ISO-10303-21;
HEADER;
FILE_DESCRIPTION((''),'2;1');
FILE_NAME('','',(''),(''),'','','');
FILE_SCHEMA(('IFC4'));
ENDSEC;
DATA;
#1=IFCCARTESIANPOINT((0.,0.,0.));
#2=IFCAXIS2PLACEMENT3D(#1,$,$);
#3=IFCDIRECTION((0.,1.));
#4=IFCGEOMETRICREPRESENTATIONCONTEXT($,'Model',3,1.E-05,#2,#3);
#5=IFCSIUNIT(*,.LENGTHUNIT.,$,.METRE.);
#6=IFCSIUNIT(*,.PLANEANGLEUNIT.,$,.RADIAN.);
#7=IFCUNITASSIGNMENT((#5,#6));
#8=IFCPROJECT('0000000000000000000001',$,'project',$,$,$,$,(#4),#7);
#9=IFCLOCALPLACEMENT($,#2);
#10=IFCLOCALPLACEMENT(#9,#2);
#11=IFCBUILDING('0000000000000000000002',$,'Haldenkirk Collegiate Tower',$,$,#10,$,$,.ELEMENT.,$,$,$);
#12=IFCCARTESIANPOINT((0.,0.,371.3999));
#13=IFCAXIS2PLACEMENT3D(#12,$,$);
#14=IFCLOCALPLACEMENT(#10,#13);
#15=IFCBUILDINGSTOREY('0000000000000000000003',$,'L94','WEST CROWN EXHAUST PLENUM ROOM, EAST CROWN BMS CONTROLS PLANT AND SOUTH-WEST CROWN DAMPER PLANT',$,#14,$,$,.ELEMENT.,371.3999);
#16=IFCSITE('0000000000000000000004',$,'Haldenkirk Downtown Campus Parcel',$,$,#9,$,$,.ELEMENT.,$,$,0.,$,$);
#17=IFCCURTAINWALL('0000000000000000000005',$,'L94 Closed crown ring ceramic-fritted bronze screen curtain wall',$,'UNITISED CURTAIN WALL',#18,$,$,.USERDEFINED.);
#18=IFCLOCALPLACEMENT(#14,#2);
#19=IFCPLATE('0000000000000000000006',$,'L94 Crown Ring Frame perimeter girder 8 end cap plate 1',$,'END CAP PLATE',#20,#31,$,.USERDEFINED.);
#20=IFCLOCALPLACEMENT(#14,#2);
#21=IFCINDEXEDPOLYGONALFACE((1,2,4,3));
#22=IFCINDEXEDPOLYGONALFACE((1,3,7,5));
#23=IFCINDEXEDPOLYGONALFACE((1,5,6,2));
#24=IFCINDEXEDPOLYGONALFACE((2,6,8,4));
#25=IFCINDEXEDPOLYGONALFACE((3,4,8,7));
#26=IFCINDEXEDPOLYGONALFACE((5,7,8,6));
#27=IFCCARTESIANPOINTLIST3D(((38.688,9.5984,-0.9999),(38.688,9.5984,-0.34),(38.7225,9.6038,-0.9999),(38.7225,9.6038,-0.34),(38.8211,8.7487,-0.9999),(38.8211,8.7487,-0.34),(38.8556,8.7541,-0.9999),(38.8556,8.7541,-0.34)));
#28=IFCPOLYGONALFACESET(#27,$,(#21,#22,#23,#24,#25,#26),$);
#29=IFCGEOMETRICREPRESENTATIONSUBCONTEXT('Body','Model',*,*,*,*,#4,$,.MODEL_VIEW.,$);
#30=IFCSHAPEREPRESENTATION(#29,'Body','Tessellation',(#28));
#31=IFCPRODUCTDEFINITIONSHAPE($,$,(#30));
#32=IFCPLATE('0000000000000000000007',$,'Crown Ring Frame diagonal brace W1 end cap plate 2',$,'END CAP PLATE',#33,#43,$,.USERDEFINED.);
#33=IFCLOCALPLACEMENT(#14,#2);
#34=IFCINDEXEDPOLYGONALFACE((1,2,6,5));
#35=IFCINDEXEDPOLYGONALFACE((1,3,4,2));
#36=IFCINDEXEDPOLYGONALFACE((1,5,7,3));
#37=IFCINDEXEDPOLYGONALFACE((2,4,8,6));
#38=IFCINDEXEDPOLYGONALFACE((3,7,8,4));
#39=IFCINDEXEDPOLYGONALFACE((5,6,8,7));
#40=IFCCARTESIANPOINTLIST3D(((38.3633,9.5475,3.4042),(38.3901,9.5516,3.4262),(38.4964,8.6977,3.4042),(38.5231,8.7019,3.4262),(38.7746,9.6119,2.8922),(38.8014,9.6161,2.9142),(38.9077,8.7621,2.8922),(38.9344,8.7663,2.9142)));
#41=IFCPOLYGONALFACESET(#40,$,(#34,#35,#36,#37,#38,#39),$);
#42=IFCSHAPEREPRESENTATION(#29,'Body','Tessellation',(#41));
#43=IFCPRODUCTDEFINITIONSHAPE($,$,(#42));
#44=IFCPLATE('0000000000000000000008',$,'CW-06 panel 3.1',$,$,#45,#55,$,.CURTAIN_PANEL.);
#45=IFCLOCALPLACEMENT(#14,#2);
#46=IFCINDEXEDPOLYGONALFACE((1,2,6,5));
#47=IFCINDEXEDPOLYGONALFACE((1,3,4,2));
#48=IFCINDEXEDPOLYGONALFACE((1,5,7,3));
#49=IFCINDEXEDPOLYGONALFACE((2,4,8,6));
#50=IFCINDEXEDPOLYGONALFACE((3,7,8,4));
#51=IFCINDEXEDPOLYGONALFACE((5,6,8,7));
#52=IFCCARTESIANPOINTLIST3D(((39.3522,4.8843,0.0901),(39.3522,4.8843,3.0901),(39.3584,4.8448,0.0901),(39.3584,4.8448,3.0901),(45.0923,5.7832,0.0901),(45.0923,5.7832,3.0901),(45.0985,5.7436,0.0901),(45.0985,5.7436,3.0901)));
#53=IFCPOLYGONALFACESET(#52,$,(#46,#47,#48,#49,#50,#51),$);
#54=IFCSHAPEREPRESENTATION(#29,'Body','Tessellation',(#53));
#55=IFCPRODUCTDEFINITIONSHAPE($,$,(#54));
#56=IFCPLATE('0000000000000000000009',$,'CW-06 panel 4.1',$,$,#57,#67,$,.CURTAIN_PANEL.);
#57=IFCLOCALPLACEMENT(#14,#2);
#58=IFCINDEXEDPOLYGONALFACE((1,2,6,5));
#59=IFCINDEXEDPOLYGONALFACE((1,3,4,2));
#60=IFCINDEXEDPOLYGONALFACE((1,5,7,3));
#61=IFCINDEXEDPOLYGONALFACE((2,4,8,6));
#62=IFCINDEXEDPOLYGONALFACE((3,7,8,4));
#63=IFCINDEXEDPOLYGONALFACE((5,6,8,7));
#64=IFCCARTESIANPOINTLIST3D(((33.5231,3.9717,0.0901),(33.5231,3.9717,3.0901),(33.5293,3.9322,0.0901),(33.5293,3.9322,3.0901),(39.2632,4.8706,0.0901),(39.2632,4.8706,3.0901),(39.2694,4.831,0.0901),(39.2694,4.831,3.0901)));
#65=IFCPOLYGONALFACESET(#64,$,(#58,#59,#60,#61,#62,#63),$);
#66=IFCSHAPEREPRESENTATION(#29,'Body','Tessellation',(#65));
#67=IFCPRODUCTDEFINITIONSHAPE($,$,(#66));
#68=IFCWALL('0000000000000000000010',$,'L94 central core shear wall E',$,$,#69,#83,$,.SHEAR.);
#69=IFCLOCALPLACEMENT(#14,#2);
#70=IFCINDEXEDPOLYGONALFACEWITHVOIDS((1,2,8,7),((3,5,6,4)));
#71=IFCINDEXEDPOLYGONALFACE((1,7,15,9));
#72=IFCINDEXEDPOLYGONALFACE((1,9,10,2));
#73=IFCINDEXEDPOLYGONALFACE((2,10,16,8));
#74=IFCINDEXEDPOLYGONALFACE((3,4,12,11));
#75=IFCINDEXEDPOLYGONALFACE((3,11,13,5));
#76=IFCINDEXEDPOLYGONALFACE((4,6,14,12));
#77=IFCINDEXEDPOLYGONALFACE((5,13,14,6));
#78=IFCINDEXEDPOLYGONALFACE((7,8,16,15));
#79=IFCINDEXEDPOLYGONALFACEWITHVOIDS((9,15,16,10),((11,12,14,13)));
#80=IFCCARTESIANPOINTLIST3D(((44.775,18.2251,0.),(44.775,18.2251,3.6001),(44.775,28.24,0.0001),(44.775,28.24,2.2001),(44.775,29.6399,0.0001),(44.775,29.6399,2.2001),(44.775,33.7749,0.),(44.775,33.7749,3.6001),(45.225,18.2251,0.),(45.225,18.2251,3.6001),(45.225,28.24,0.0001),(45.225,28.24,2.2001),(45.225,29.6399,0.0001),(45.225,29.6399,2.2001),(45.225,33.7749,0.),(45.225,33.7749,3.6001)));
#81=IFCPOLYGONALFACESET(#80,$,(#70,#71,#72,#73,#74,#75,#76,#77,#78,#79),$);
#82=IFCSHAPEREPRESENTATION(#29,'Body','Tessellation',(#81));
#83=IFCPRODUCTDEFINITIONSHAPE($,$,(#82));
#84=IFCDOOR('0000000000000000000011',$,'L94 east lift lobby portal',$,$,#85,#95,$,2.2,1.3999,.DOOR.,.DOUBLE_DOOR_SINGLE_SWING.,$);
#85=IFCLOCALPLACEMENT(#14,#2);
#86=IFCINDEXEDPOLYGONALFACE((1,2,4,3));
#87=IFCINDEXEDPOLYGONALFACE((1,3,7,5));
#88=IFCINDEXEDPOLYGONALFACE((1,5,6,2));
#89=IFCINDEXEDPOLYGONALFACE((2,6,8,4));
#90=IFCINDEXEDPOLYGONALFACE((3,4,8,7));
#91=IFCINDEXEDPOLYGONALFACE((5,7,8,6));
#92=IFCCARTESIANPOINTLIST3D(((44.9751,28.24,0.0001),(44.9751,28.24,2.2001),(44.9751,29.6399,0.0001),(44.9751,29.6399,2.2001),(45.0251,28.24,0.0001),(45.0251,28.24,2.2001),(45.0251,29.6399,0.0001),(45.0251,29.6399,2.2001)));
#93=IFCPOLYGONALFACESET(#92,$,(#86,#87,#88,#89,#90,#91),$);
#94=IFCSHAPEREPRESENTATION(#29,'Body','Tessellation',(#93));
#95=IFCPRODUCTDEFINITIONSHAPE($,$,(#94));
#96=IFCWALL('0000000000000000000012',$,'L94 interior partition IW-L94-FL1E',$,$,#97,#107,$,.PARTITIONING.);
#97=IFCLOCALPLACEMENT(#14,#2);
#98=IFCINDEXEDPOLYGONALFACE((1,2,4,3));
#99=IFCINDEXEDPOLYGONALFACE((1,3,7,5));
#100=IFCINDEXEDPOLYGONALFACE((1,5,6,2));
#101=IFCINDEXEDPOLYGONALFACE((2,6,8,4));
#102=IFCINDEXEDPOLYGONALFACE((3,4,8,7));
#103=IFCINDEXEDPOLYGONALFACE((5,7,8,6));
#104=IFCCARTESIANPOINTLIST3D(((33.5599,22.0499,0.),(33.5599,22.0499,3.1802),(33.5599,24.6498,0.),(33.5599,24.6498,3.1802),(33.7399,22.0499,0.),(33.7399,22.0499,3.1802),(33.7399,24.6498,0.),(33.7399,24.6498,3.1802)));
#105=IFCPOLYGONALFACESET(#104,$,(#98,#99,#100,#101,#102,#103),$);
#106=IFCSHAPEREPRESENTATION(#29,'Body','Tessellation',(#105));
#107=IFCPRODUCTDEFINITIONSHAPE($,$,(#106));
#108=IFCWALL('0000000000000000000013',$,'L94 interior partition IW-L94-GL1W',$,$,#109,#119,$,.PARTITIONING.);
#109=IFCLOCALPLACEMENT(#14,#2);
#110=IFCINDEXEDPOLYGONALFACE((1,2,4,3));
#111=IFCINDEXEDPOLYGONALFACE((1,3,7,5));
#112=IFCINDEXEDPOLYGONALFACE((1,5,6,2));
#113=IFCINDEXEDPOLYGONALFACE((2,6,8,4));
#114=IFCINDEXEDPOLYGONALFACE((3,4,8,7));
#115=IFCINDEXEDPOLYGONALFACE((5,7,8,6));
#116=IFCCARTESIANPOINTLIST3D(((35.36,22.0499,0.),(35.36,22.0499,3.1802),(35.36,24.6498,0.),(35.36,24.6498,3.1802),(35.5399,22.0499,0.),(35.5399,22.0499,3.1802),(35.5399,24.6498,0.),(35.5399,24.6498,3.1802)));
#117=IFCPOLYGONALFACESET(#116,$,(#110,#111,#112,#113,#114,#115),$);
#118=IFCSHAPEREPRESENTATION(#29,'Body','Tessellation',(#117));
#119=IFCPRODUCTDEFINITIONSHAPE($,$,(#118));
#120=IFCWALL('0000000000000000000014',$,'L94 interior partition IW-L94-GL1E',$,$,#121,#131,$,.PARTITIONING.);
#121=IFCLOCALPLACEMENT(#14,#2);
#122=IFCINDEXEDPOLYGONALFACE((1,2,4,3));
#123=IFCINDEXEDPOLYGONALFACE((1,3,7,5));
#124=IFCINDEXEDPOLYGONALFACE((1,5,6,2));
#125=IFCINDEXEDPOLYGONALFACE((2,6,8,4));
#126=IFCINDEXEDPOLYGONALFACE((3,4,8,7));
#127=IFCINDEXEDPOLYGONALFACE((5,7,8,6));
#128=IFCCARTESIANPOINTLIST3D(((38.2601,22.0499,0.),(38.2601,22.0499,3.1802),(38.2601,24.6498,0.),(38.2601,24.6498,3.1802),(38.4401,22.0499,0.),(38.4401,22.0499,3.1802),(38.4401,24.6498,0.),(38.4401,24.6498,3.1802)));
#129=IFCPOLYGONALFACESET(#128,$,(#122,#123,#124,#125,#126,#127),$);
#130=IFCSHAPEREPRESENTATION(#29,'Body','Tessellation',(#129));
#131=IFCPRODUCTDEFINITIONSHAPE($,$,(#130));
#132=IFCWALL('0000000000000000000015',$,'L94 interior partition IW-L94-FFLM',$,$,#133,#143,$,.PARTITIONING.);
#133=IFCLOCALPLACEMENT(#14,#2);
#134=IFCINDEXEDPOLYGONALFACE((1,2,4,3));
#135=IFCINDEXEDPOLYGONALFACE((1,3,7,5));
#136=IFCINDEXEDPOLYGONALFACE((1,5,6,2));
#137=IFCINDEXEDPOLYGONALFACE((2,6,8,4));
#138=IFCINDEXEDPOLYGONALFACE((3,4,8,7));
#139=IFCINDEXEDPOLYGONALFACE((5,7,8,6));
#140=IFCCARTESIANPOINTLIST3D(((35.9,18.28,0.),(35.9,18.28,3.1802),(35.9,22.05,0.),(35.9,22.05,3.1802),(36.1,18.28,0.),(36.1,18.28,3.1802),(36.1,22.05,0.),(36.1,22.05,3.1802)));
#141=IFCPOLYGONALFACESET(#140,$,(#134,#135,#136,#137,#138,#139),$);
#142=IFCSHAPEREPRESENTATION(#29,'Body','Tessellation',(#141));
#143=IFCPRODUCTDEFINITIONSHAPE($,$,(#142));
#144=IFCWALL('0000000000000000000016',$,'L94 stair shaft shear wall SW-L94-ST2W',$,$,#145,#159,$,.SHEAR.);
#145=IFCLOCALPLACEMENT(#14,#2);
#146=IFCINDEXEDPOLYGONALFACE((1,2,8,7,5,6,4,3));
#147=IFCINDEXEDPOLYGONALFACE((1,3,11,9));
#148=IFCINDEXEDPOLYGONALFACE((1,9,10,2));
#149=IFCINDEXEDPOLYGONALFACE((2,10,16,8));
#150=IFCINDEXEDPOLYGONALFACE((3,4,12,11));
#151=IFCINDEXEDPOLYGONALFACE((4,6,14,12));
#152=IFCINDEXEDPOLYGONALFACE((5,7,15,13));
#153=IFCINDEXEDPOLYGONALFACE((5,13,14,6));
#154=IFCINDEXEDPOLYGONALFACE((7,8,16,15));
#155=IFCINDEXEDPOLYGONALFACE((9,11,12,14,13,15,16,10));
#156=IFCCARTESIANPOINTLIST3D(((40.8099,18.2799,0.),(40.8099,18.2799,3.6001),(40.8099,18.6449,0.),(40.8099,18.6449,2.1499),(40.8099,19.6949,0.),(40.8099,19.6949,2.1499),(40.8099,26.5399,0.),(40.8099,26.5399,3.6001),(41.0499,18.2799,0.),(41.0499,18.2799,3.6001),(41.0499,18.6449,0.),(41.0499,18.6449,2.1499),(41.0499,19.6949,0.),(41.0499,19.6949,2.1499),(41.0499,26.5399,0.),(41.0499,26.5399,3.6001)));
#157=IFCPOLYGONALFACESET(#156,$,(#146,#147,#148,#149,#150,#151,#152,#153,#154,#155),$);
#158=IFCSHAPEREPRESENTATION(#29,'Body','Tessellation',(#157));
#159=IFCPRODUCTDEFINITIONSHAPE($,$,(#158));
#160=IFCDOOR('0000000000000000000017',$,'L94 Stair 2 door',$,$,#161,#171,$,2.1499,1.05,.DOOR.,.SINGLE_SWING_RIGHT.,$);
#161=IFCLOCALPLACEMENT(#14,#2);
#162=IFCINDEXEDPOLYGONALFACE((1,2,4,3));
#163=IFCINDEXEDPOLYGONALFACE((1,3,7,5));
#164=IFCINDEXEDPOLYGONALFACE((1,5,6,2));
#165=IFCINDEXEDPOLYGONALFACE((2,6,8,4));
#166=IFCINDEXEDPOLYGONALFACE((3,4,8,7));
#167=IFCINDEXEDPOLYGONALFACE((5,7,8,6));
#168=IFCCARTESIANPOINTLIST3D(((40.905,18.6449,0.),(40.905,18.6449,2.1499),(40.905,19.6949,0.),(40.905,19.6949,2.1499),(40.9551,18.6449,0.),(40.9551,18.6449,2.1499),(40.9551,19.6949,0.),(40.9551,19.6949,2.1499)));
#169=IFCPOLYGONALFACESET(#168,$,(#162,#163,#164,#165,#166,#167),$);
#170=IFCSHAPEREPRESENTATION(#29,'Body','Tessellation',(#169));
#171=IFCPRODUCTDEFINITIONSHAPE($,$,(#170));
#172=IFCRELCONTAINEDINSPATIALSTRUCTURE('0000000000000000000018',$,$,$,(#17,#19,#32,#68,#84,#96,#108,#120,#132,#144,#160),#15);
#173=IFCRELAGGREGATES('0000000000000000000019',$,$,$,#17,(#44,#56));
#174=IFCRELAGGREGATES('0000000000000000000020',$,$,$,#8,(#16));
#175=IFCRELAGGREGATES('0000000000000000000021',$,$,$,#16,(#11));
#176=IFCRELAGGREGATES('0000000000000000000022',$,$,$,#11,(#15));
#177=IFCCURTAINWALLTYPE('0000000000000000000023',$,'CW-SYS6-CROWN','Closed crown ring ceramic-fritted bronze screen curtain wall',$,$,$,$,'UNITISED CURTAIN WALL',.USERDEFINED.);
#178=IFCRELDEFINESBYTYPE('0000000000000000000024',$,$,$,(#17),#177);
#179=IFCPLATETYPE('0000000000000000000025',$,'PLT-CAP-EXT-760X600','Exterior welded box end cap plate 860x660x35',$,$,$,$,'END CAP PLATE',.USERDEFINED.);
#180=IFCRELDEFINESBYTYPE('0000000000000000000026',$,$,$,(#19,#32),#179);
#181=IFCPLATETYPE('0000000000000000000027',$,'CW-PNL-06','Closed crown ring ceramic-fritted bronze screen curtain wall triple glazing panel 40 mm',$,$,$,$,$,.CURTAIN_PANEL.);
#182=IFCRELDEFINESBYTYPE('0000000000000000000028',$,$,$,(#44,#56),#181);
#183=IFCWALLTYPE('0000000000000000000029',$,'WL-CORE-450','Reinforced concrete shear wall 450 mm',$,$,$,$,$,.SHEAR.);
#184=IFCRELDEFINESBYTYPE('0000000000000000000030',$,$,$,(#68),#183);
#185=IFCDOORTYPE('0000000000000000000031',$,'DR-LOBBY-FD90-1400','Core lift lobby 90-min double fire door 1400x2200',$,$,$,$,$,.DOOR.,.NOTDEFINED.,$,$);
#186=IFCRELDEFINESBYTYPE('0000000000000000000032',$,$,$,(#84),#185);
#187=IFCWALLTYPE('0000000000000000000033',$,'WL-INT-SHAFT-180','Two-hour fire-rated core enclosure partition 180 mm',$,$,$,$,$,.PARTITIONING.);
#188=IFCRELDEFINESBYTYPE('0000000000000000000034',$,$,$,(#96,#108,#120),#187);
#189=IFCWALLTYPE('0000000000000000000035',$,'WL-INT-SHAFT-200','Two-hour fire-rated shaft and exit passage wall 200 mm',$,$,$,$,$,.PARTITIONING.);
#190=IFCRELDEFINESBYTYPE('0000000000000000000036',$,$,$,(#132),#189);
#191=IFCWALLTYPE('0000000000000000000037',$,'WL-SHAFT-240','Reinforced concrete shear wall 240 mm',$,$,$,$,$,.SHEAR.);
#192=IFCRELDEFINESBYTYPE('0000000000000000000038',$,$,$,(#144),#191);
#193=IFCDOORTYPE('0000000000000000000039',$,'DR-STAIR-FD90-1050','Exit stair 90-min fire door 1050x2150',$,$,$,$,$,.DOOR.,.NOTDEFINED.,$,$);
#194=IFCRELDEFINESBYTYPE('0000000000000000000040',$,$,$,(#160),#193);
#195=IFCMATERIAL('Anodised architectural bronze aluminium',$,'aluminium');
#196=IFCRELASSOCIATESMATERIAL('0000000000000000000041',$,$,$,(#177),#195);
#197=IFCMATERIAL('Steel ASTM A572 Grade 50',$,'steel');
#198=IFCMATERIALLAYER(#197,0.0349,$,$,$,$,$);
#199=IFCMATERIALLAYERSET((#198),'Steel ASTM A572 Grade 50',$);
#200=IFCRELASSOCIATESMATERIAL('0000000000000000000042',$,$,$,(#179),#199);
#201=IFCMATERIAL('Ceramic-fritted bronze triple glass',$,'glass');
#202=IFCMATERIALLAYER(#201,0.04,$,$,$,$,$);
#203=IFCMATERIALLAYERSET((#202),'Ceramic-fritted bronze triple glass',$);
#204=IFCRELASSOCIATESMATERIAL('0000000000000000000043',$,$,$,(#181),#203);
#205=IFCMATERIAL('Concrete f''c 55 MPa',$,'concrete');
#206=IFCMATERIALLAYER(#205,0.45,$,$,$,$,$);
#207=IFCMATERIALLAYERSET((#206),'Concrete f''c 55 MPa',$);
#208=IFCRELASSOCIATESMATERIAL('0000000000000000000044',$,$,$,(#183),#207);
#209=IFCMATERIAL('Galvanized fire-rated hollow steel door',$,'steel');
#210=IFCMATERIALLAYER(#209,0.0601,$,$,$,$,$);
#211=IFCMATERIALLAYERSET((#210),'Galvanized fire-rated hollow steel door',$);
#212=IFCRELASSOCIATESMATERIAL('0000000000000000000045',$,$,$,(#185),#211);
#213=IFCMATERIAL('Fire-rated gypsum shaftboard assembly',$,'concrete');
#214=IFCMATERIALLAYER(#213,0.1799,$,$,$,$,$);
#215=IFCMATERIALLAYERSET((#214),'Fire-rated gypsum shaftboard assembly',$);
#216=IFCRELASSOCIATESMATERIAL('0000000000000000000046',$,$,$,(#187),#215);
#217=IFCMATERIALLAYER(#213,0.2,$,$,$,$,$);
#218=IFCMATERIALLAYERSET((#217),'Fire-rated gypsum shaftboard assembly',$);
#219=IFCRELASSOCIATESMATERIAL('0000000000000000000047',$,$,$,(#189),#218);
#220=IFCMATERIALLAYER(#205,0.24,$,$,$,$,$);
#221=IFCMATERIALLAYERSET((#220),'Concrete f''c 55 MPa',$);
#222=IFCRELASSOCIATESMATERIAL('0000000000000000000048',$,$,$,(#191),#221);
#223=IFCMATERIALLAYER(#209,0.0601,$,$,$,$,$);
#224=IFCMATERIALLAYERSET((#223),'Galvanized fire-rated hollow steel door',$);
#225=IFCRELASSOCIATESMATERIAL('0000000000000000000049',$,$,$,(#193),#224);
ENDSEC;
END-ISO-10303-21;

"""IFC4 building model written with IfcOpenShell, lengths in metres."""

from ifc_helpers import new_model, si_unit, direction, frame, frame_2d, origin, origin_2d, place, context, subcontext, project, spatial, rectangle, extrude, source, transform, mapped, material, layer, layer_set, type_object, element, fill, aggregate, save


model = new_model("IFC4")

# Units and contexts
model_context = context("Model", 3, precision=1e-05, world=origin(), true_north=direction((0.0, 1.0)))
body_context = subcontext(model_context, "Body", "Model", "MODEL_VIEW")
ifc_project = project(units=[si_unit("LENGTHUNIT", "METRE"), si_unit("PLANEANGLEUNIT", "RADIAN")], contexts=[model_context])

# Site, building, storey
site_placement = place(None, origin())
site = spatial("IfcSite", under=ifc_project, at=site_placement, Name="Haldenkirk Downtown Campus Parcel", CompositionType="ELEMENT", RefElevation=0.0)
building_placement = place(site_placement, origin())
building = spatial("IfcBuilding", under=site, at=building_placement, Name="Haldenkirk Collegiate Tower", CompositionType="ELEMENT")
storey_placement = place(building_placement, frame((0.0, 0.0, 371.3999)))
storey = spatial("IfcBuildingStorey", under=building, at=storey_placement, Name="L94", Description="WEST CROWN EXHAUST PLENUM ROOM, EAST CROWN BMS CONTROLS PLANT AND SOUTH-WEST CROWN DAMPER PLANT", CompositionType="ELEMENT", Elevation=371.3999)

# Shared definitions
ifc_material_1 = material(Name="Steel ASTM A572 Grade 50", Category="steel")

# Curtain wall
ifc_material_2 = material(Name="Anodised architectural bronze aluminium", Category="aluminium")
curtain_wall_type = type_object("IfcCurtainWallType", Name="CW-SYS6-CROWN", Description="Closed crown ring ceramic-fritted bronze screen curtain wall", ElementType="UNITISED CURTAIN WALL", PredefinedType="USERDEFINED", material=ifc_material_2)
curtain_wall_placement = place(storey_placement, origin())
curtain_wall = element("IfcCurtainWall", 1, at=curtain_wall_placement, inside=storey, type_object=curtain_wall_type, Name="L94 Closed crown ring ceramic-fritted bronze screen curtain wall", ObjectType="UNITISED CURTAIN WALL", PredefinedType="USERDEFINED")

# Plates
ifc_layer_1 = layer(ifc_material_1, 0.0349)
ifc_layer_set_1 = layer_set([ifc_layer_1], Name="Steel ASTM A572 Grade 50")
plate_type_1 = type_object("IfcPlateType", Name="PLT-CAP-EXT-760X600", Description="Exterior welded box end cap plate 860x660x35", ElementType="END CAP PLATE", PredefinedType="USERDEFINED", material=ifc_layer_set_1)
shared_shape_1 = source(origin(), body_context, "Body", "SweptSolid", [
    extrude(rectangle(XDim=0.8601, YDim=0.6599, at=origin_2d()), origin(), (0.0, 0.0, 1.0), 0.0349),
])
for number, where, z_axis, x_axis, name in (
    (2, (38.7891, 9.179, -0.6699), (-0.987959, -0.154713, 0.0), (0.154713, -0.987959, 0.0), "L94 Crown Ring Frame perimeter girder 8 end cap plate 1"),
    (3, (38.6355, 9.1548, 3.1482), (0.76656, 0.120042, 0.630853), (-0.154712, 0.98796, 0.0), "Crown Ring Frame diagonal brace W1 end cap plate 2"),
):
    element("IfcPlate", number, at=place(storey_placement, frame(where, z_axis=z_axis, x_axis=x_axis)), inside=storey, type_object=plate_type_1, Name=name, ObjectType="END CAP PLATE", PredefinedType="USERDEFINED", context=body_context, shape_type="MappedRepresentation", body=[
        mapped(shared_shape_1, transform((0.0, 0.0, 0.0), x_axis=(1.0, 0.0, 0.0), y_axis=(0.0, 1.0, 0.0), z_axis=(0.0, 0.0, 1.0), scale=1.0)),
    ])

# Plates
ifc_material_3 = material(Name="Ceramic-fritted bronze triple glass", Category="glass")
ifc_layer_2 = layer(ifc_material_3, 0.04)
ifc_layer_set_2 = layer_set([ifc_layer_2], Name="Ceramic-fritted bronze triple glass")
plate_type_2 = type_object("IfcPlateType", Name="CW-PNL-06", Description="Closed crown ring ceramic-fritted bronze screen curtain wall triple glazing panel 40 mm", PredefinedType="CURTAIN_PANEL", material=ifc_layer_set_2)
shared_shape_2 = source(origin(), body_context, "Body", "SweptSolid", [
    extrude(rectangle(XDim=5.8101, YDim=0.04, at=origin_2d()), origin(), (0.0, 0.0, 1.0), 3.0),
])
plate_1_placement = place(storey_placement, frame((42.2253, 5.314, 0.0901), z_axis=(0.0, 0.0, 1.0), x_axis=(-0.98796, -0.154709, 0.0)))
plate_1 = element("IfcPlate", 4, at=plate_1_placement, type_object=plate_type_2, Name="CW-06 panel 3.1", PredefinedType="CURTAIN_PANEL", context=body_context, shape_type="MappedRepresentation", body=[
    mapped(shared_shape_2, transform((0.0, 0.0, 0.0), x_axis=(1.0, 0.0, 0.0), y_axis=(0.0, 1.0, 0.0), z_axis=(0.0, 0.0, 1.0), scale=1.0)),
])
plate_2_placement = place(storey_placement, frame((36.3962, 4.4014, 0.0901), z_axis=(0.0, 0.0, 1.0), x_axis=(-0.98796, -0.154709, 0.0)))
plate_2 = element("IfcPlate", 5, at=plate_2_placement, type_object=plate_type_2, Name="CW-06 panel 4.1", PredefinedType="CURTAIN_PANEL", context=body_context, shape_type="MappedRepresentation", body=[
    mapped(shared_shape_2, transform((0.0, 0.0, 0.0), x_axis=(1.0, 0.0, 0.0), y_axis=(0.0, 1.0, 0.0), z_axis=(0.0, 0.0, 1.0), scale=1.0)),
])
aggregate(curtain_wall, [plate_1, plate_2])

# Wall, opening, door
ifc_material_4 = material(Name="Concrete f'c 55 MPa", Category="concrete")
ifc_layer_3 = layer(ifc_material_4, 0.45)
ifc_layer_set_3 = layer_set([ifc_layer_3], Name="Concrete f'c 55 MPa")
wall_type_1 = type_object("IfcWallType", Name="WL-CORE-450", Description="Reinforced concrete shear wall 450 mm", PredefinedType="SHEAR", material=ifc_layer_set_3)
wall_1_placement = place(storey_placement, frame((45.0, 18.2251, 0.0), z_axis=(0.0, 0.0, 1.0), x_axis=(0.0, 1.0, 0.0)))
wall_1 = element("IfcWall", 6, at=wall_1_placement, inside=storey, type_object=wall_type_1, Name="L94 central core shear wall E", PredefinedType="SHEAR", context=body_context, shape_type="SweptSolid", body=[
    extrude(rectangle(XDim=15.5498, YDim=0.45, at=frame_2d((7.7749, 0.0))), origin(), (0.0, 0.0, 1.0), 3.6001),
])
opening_1_placement = place(wall_1_placement, frame((10.0149, 0.0, 0.0)))
opening_1 = element("IfcOpeningElement", 7, at=opening_1_placement, cuts=wall_1, PredefinedType="OPENING", context=body_context, shape_type="SweptSolid", body=[
    extrude(rectangle(XDim=1.3999, YDim=2.2, at=frame_2d((0.7, 1.1001))), frame((0.0, 0.2349, 0.0), z_axis=(0.0, -1.0, 0.0), x_axis=(1.0, 0.0, 0.0)), (0.0, 0.0, 1.0), 0.47),
])
ifc_material_5 = material(Name="Galvanized fire-rated hollow steel door", Category="steel")
ifc_layer_4 = layer(ifc_material_5, 0.0601)
ifc_layer_set_4 = layer_set([ifc_layer_4], Name="Galvanized fire-rated hollow steel door")
door_type_1 = type_object("IfcDoorType", Name="DR-LOBBY-FD90-1400", Description="Core lift lobby 90-min double fire door 1400x2200", OperationType="NOTDEFINED", PredefinedType="DOOR", material=ifc_layer_set_4)
door_1_placement = place(opening_1_placement, origin())
door_1 = element("IfcDoor", 8, at=door_1_placement, inside=storey, type_object=door_type_1, Name="L94 east lift lobby portal", OperationType="DOUBLE_DOOR_SINGLE_SWING", OverallHeight=2.2, OverallWidth=1.3999, PredefinedType="DOOR", context=body_context, shape_type="SweptSolid", body=[
    extrude(rectangle(XDim=1.3999, YDim=2.2, at=frame_2d((0.7, 1.1001))), frame((0.0, 0.0249, 0.0), z_axis=(0.0, -1.0, 0.0), x_axis=(1.0, 0.0, 0.0)), (0.0, 0.0, 1.0), 0.05),
])
fill(opening_1, door_1)

# Walls
ifc_material_6 = material(Name="Fire-rated gypsum shaftboard assembly", Category="concrete")
ifc_layer_5 = layer(ifc_material_6, 0.1799)
ifc_layer_set_5 = layer_set([ifc_layer_5], Name="Fire-rated gypsum shaftboard assembly")
wall_type_2 = type_object("IfcWallType", Name="WL-INT-SHAFT-180", Description="Two-hour fire-rated core enclosure partition 180 mm", PredefinedType="PARTITIONING", material=ifc_layer_set_5)
for number, where, z_axis, x_axis, name in (
    (9, (33.6499, 22.05, 0.0), (0.0, 0.0, 1.0), (0.0, 1.0, 0.0), "L94 interior partition IW-L94-FL1E"),
    (10, (35.45, 22.05, 0.0), (0.0, 0.0, 1.0), (0.0, 1.0, 0.0), "L94 interior partition IW-L94-GL1W"),
    (11, (38.3501, 22.05, 0.0), (0.0, 0.0, 1.0), (0.0, 1.0, 0.0), "L94 interior partition IW-L94-GL1E"),
):
    element("IfcWall", number, at=place(storey_placement, frame(where, z_axis=z_axis, x_axis=x_axis)), inside=storey, type_object=wall_type_2, Name=name, PredefinedType="PARTITIONING", context=body_context, shape_type="SweptSolid", body=[
        extrude(rectangle(XDim=2.5999, YDim=0.1799, at=frame_2d((1.2998, 0.0))), origin(), (0.0, 0.0, 1.0), 3.1802),
    ])
ifc_layer_6 = layer(ifc_material_6, 0.2)
ifc_layer_set_6 = layer_set([ifc_layer_6], Name="Fire-rated gypsum shaftboard assembly")
wall_type_3 = type_object("IfcWallType", Name="WL-INT-SHAFT-200", Description="Two-hour fire-rated shaft and exit passage wall 200 mm", PredefinedType="PARTITIONING", material=ifc_layer_set_6)
wall_2_placement = place(storey_placement, frame((36.0, 18.28, 0.0), z_axis=(0.0, 0.0, 1.0), x_axis=(0.0, 1.0, 0.0)))
element("IfcWall", 12, at=wall_2_placement, inside=storey, type_object=wall_type_3, Name="L94 interior partition IW-L94-FFLM", PredefinedType="PARTITIONING", context=body_context, shape_type="SweptSolid", body=[
    extrude(rectangle(XDim=3.77, YDim=0.2, at=frame_2d((1.885, 0.0))), origin(), (0.0, 0.0, 1.0), 3.1802),
])

# Wall, opening, door
ifc_layer_7 = layer(ifc_material_4, 0.24)
ifc_layer_set_7 = layer_set([ifc_layer_7], Name="Concrete f'c 55 MPa")
wall_type_4 = type_object("IfcWallType", Name="WL-SHAFT-240", Description="Reinforced concrete shear wall 240 mm", PredefinedType="SHEAR", material=ifc_layer_set_7)
wall_3_placement = place(storey_placement, frame((40.9299, 18.28, 0.0), z_axis=(0.0, 0.0, 1.0), x_axis=(0.0, 1.0, 0.0)))
wall_3 = element("IfcWall", 13, at=wall_3_placement, inside=storey, type_object=wall_type_4, Name="L94 stair shaft shear wall SW-L94-ST2W", PredefinedType="SHEAR", context=body_context, shape_type="SweptSolid", body=[
    extrude(rectangle(XDim=8.26, YDim=0.24, at=frame_2d((4.1299, 0.0))), origin(), (0.0, 0.0, 1.0), 3.6001),
])
opening_2_placement = place(wall_3_placement, frame((0.365, 0.0, 0.0)))
opening_2 = element("IfcOpeningElement", 14, at=opening_2_placement, cuts=wall_3, PredefinedType="OPENING", context=body_context, shape_type="SweptSolid", body=[
    extrude(rectangle(XDim=1.05, YDim=2.1499, at=frame_2d((0.5249, 1.075))), frame((0.0, 0.1299, 0.0), z_axis=(0.0, -1.0, 0.0), x_axis=(1.0, 0.0, 0.0)), (0.0, 0.0, 1.0), 0.26),
])
ifc_layer_8 = layer(ifc_material_5, 0.0601)
ifc_layer_set_8 = layer_set([ifc_layer_8], Name="Galvanized fire-rated hollow steel door")
door_type_2 = type_object("IfcDoorType", Name="DR-STAIR-FD90-1050", Description="Exit stair 90-min fire door 1050x2150", OperationType="NOTDEFINED", PredefinedType="DOOR", material=ifc_layer_set_8)
door_2_placement = place(opening_2_placement, origin())
door_2 = element("IfcDoor", 15, at=door_2_placement, inside=storey, type_object=door_type_2, Name="L94 Stair 2 door", OperationType="SINGLE_SWING_RIGHT", OverallHeight=2.1499, OverallWidth=1.05, PredefinedType="DOOR", context=body_context, shape_type="SweptSolid", body=[
    extrude(rectangle(XDim=1.05, YDim=2.1499, at=frame_2d((0.5249, 1.075))), frame((0.0, 0.0249, 0.0), z_axis=(0.0, -1.0, 0.0), x_axis=(1.0, 0.0, 0.0)), (0.0, 0.0, 1.0), 0.05),
])
fill(opening_2, door_2)

save(model, "model.ifc")
